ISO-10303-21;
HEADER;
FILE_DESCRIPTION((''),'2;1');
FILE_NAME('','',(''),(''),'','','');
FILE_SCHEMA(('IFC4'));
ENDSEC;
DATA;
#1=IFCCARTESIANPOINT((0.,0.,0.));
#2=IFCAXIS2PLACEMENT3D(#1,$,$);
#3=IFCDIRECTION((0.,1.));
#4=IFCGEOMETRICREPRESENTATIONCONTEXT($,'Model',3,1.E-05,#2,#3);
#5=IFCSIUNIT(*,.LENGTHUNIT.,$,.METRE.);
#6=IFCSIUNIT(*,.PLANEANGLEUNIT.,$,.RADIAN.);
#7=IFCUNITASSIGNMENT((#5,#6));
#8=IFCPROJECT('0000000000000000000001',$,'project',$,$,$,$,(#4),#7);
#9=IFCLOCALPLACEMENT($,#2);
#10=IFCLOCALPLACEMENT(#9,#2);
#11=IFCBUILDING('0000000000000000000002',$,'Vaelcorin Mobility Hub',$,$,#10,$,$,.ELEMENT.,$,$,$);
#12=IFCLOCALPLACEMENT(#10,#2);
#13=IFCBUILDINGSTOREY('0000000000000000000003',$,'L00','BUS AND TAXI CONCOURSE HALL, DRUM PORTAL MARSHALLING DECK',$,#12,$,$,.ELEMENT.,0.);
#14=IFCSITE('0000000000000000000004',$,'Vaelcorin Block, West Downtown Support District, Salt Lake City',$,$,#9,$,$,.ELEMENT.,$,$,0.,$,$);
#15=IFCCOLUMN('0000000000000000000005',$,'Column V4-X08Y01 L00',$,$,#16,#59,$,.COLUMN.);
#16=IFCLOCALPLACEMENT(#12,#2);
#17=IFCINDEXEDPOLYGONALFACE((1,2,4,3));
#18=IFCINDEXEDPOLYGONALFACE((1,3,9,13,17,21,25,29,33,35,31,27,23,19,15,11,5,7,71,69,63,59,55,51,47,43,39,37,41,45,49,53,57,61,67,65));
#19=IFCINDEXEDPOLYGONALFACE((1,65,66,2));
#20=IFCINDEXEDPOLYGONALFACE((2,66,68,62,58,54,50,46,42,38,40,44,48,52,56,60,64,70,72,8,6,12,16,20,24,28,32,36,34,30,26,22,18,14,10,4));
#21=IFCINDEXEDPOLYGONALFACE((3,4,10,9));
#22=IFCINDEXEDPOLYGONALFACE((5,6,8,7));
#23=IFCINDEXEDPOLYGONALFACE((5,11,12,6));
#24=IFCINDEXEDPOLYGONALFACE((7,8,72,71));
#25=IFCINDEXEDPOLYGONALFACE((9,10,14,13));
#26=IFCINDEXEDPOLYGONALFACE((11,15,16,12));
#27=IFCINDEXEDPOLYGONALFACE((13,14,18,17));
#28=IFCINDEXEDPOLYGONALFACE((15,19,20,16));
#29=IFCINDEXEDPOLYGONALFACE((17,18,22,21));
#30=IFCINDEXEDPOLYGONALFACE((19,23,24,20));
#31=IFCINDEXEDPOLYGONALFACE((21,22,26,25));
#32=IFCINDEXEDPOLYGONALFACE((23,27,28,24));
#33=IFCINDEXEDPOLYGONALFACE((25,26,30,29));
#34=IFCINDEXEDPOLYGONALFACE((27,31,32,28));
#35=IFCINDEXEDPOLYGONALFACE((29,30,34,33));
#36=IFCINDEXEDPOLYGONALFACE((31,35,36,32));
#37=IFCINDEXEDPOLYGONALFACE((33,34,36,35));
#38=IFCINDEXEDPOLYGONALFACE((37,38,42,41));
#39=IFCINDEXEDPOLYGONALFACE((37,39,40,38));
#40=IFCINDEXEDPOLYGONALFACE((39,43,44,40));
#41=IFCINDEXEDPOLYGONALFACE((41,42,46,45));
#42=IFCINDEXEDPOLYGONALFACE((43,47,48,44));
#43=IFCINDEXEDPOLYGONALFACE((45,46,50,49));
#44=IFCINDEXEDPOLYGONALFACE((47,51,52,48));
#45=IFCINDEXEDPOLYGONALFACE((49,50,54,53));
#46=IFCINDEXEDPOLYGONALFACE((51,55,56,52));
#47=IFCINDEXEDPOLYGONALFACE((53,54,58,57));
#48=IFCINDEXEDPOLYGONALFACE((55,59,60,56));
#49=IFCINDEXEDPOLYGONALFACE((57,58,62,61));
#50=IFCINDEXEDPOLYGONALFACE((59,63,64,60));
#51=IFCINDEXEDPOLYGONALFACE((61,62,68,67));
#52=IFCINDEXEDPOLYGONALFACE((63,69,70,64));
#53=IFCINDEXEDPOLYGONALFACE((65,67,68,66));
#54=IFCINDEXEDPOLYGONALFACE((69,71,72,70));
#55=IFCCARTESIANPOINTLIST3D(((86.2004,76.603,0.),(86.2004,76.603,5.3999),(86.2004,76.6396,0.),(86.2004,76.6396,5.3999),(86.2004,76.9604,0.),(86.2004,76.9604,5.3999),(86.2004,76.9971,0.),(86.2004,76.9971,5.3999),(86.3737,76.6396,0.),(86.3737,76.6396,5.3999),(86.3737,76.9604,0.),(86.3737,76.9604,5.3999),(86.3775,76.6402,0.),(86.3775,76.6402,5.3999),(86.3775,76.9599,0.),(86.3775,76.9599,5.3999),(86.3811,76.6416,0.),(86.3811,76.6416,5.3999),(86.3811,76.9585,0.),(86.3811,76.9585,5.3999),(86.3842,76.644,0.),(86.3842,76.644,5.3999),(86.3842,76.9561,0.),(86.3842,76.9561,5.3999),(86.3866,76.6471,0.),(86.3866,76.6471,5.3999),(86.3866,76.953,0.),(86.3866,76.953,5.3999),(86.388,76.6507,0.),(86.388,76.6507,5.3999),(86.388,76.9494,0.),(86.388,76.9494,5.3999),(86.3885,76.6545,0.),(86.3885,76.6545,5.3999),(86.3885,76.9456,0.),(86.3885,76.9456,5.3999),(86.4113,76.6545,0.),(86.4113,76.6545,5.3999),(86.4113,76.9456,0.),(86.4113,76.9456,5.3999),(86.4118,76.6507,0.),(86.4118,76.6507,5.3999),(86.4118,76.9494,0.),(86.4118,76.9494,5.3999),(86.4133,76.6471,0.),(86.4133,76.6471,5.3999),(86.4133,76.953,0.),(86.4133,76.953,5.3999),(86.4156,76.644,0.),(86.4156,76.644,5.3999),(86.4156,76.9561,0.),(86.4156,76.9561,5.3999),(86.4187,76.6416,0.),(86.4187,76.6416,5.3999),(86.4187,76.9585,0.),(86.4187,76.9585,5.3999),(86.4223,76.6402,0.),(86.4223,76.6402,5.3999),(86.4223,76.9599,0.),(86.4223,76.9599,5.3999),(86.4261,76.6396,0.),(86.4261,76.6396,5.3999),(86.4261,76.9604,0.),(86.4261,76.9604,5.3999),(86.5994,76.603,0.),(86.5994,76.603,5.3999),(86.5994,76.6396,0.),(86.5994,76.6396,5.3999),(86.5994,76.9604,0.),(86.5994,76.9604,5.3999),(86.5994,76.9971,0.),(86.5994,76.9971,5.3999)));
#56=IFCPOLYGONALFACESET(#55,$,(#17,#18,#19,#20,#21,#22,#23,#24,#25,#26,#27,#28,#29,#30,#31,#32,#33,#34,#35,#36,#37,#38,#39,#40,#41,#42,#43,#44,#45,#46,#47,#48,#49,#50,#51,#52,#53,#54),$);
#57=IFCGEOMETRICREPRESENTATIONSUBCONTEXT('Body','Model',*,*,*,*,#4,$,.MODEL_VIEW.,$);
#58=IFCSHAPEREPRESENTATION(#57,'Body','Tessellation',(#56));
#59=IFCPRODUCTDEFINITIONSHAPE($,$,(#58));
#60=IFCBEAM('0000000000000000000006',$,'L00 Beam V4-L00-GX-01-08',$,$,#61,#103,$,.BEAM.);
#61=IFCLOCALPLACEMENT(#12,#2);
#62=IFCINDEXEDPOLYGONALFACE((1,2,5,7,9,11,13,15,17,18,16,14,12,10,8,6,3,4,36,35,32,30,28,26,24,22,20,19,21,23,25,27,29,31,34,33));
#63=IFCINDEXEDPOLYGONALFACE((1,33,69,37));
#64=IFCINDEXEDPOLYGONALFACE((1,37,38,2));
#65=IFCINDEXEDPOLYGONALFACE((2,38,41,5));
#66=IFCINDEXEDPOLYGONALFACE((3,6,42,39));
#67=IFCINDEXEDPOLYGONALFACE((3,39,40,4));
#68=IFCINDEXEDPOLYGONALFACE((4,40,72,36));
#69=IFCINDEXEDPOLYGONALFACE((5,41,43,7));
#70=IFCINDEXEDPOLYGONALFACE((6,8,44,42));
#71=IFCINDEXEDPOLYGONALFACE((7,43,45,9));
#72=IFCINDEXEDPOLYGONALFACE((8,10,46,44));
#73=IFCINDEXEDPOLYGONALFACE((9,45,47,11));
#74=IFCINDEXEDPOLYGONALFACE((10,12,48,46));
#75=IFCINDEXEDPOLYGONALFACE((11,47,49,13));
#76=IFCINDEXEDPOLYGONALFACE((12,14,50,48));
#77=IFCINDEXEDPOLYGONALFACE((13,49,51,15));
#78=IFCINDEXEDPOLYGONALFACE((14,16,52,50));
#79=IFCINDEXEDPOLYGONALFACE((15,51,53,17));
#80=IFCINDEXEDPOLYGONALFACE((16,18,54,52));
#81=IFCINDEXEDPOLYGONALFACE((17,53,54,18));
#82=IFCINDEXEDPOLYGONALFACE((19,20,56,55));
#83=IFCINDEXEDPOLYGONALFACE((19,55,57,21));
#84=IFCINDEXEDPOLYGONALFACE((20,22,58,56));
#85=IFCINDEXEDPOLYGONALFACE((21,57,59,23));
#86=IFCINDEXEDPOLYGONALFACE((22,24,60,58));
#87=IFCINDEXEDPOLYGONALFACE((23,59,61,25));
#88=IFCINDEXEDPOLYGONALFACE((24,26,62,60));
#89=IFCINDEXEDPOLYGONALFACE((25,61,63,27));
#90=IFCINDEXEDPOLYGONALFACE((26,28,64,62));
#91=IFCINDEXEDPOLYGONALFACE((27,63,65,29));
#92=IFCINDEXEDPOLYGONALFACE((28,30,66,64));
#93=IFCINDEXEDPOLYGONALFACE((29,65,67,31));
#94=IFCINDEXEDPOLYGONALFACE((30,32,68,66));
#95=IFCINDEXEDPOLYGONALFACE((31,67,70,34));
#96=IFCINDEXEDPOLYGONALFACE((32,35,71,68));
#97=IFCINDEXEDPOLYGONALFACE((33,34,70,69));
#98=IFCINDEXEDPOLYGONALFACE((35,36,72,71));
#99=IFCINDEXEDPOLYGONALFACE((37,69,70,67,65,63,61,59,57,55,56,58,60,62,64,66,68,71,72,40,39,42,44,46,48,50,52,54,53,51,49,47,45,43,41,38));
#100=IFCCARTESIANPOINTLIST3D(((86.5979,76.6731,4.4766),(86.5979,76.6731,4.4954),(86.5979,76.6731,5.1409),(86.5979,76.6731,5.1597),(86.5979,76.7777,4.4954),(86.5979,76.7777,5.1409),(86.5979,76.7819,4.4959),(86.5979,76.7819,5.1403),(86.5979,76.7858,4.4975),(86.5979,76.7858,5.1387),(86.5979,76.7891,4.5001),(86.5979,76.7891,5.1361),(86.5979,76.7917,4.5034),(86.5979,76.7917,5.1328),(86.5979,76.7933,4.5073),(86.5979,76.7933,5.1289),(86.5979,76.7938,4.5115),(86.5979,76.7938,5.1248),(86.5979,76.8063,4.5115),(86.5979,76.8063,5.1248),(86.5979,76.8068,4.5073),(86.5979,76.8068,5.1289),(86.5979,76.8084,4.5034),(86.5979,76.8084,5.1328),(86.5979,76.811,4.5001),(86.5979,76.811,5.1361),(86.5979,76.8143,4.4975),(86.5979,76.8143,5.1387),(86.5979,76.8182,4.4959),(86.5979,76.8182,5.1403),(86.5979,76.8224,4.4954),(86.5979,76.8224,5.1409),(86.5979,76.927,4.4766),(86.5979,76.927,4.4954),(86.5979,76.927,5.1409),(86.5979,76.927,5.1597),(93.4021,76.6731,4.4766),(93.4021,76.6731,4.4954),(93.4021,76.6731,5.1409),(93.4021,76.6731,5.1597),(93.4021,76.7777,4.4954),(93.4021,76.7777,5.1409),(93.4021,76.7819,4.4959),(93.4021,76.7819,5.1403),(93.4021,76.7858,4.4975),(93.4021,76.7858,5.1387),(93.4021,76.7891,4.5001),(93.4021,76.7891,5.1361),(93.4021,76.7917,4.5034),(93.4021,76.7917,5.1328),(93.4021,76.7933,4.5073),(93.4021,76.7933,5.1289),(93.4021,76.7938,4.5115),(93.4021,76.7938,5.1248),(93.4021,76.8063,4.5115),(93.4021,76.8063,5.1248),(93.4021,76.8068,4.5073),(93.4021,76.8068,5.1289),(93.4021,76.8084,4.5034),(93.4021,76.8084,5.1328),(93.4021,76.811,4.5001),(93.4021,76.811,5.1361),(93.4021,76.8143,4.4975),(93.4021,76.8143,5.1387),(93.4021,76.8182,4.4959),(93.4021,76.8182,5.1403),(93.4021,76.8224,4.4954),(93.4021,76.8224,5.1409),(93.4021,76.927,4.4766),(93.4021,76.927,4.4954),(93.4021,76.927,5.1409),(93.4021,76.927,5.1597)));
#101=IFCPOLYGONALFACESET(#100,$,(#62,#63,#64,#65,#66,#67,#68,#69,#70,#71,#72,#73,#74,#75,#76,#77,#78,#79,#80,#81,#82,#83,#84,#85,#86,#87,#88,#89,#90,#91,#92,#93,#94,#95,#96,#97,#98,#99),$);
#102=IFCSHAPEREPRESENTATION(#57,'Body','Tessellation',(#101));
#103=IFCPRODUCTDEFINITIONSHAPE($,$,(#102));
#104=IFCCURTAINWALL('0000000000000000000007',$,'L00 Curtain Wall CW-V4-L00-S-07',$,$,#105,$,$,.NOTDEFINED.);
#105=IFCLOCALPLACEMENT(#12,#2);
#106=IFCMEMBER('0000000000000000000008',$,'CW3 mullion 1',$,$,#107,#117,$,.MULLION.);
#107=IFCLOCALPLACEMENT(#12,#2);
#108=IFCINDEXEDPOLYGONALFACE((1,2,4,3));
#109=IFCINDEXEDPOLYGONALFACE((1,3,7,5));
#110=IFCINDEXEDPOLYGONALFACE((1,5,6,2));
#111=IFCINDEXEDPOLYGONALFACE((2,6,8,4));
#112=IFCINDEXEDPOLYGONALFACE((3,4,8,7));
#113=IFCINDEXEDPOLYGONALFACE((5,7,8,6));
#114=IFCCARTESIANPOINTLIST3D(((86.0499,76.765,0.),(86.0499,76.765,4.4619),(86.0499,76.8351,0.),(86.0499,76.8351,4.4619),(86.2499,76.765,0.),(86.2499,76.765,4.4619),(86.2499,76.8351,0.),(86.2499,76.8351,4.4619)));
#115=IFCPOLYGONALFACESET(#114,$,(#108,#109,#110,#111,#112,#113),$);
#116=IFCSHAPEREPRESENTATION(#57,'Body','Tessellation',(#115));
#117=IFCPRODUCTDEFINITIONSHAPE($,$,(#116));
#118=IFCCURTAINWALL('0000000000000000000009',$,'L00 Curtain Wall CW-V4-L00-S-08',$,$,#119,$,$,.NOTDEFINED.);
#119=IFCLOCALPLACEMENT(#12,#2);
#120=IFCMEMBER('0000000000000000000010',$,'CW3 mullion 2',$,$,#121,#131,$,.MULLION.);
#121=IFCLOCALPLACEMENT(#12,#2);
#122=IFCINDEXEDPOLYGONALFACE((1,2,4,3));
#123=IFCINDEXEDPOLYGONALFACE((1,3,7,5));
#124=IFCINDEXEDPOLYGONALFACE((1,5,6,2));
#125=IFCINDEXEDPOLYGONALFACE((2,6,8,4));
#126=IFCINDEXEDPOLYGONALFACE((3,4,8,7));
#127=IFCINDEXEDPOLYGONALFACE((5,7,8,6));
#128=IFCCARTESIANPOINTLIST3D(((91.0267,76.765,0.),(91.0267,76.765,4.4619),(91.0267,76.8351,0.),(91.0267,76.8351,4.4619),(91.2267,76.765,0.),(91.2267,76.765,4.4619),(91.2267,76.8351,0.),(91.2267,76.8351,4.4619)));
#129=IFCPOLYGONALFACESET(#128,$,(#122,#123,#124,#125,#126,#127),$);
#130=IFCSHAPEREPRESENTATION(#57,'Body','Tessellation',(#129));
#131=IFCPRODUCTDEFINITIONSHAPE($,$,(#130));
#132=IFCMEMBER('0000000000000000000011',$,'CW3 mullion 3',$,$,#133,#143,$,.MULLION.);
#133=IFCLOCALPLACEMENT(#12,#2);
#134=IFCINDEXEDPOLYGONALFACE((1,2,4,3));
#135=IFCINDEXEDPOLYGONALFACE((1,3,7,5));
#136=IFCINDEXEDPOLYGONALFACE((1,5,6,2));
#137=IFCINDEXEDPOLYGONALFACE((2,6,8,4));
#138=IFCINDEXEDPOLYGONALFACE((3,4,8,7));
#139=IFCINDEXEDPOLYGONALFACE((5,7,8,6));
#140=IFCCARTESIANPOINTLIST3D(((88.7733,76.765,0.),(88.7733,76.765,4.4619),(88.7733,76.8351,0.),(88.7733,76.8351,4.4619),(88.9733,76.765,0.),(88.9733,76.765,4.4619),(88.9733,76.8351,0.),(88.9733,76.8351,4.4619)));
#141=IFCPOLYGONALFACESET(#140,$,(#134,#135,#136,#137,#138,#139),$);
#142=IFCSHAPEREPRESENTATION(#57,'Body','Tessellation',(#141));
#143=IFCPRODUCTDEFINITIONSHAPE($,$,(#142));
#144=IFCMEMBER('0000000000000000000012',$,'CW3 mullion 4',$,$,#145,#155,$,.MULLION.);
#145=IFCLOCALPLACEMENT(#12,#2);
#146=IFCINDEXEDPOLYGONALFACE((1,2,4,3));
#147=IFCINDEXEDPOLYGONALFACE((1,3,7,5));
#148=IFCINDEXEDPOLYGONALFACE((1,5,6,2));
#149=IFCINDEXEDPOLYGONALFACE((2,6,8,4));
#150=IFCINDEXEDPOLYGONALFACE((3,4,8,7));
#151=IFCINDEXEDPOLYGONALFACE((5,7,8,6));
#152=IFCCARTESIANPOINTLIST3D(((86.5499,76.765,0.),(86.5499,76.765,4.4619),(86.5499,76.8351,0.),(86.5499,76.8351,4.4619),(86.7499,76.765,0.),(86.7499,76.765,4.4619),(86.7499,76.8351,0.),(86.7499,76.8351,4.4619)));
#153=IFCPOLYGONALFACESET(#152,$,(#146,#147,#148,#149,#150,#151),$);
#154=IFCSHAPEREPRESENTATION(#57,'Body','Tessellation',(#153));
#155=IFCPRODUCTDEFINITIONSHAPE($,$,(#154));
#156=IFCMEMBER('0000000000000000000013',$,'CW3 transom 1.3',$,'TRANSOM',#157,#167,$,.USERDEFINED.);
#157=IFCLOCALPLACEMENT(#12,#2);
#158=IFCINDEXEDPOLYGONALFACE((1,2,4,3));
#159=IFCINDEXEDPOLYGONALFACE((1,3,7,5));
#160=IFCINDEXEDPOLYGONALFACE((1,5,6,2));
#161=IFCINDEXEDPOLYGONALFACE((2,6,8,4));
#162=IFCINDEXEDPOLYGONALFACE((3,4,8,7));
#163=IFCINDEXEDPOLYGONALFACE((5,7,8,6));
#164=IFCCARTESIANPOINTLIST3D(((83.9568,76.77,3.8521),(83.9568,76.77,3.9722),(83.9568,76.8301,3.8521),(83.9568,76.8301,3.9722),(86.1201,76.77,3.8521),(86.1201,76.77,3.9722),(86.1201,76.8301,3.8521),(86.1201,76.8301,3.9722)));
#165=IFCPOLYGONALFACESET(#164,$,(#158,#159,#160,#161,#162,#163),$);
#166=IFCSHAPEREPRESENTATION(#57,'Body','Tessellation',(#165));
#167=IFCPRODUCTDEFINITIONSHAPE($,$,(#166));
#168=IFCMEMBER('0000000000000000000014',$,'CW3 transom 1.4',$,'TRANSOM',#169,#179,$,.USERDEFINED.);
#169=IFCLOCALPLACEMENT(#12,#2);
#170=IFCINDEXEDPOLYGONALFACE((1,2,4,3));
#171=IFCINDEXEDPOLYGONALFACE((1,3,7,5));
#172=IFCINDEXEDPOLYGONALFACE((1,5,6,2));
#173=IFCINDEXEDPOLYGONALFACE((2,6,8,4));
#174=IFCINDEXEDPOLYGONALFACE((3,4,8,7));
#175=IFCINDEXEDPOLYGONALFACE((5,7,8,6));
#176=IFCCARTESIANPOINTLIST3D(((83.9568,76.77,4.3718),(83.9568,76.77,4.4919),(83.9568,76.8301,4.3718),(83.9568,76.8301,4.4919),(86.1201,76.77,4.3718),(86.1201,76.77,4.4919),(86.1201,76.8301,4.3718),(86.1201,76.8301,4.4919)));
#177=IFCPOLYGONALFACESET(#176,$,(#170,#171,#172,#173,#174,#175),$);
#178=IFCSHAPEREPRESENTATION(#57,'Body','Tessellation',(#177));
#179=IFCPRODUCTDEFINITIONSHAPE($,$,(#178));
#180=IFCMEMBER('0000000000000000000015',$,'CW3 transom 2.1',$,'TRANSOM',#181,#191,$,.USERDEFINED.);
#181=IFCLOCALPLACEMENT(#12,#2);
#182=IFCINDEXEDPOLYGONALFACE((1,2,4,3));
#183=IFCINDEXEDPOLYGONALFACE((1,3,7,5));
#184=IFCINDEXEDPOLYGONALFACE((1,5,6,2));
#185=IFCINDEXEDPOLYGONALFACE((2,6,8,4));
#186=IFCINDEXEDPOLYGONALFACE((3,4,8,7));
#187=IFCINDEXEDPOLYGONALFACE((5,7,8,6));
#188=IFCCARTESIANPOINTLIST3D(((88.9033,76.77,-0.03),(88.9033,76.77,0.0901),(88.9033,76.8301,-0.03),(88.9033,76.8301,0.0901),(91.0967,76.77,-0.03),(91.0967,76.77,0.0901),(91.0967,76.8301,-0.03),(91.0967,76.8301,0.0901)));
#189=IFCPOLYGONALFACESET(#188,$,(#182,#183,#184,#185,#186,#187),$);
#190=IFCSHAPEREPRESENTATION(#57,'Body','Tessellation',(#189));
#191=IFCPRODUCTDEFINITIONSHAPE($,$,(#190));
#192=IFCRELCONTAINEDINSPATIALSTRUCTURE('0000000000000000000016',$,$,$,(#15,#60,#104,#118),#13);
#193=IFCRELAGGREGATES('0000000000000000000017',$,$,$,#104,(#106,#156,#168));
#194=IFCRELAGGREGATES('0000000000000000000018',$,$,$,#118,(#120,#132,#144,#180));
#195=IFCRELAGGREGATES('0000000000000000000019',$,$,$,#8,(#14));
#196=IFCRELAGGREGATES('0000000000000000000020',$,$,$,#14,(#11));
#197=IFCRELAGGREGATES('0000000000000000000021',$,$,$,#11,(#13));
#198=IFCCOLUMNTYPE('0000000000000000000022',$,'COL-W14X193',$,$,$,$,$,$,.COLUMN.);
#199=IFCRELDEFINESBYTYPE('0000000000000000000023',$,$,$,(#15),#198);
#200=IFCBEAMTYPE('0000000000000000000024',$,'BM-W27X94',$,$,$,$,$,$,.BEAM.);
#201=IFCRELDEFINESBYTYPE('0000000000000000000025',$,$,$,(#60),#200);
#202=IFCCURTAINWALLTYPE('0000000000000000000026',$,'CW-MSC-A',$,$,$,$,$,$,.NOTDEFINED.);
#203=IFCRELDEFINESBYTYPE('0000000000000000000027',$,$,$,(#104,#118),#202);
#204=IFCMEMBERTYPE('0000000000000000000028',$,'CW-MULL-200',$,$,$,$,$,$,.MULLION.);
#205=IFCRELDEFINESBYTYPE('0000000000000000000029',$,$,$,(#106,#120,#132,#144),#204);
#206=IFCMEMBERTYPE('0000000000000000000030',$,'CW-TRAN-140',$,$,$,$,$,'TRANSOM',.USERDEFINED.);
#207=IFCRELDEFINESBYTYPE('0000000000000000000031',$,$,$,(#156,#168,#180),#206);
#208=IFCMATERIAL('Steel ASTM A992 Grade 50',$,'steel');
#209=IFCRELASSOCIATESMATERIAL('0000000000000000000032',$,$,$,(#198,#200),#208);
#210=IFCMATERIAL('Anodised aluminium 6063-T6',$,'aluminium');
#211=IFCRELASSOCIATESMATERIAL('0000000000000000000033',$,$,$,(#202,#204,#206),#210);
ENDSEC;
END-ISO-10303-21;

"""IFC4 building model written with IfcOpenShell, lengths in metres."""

from ifc_helpers import new_model, si_unit, direction, frame, origin, origin_2d, place, context, subcontext, project, spatial, rectangle, i_section, extrude, material, material_profile, profile_set, type_object, element, aggregate, save


model = new_model("IFC4")

# Units and contexts
model_context = context("Model", 3, precision=1e-05, world=origin(), true_north=direction((0.0, 1.0)))
body_context = subcontext(model_context, "Body", "Model", "MODEL_VIEW")
ifc_project = project(units=[si_unit("LENGTHUNIT", "METRE"), si_unit("PLANEANGLEUNIT", "RADIAN")], contexts=[model_context])

# Site, building, storey
site_placement = place(None, origin())
site = spatial("IfcSite", under=ifc_project, at=site_placement, Name="Vaelcorin Block, West Downtown Support District, Salt Lake City", CompositionType="ELEMENT", RefElevation=0.0)
building_placement = place(site_placement, origin())
building = spatial("IfcBuilding", under=site, at=building_placement, Name="Vaelcorin Mobility Hub", CompositionType="ELEMENT")
storey_placement = place(building_placement, origin())
storey = spatial("IfcBuildingStorey", under=building, at=storey_placement, Name="L00", Description="BUS AND TAXI CONCOURSE HALL, DRUM PORTAL MARSHALLING DECK", CompositionType="ELEMENT", Elevation=0.0)

# Column
ifc_material_1 = material(Name="Steel ASTM A992 Grade 50", Category="steel")
ifc_material_profile_1 = material_profile(ifc_material_1, i_section(OverallWidth=0.3989, OverallDepth=0.394, WebThickness=0.0227, FlangeThickness=0.0366, FilletRadius=0.0149, at=origin_2d()), Name="W14X193")
ifc_profile_set_1 = profile_set([ifc_material_profile_1], Name="Steel ASTM A992 Grade 50")
column_type = type_object("IfcColumnType", Name="COL-W14X193", PredefinedType="COLUMN", material=ifc_profile_set_1)
column_placement = place(storey_placement, frame((86.3999, 76.8, 0.0), z_axis=(0.0, 0.0, 1.0), x_axis=(1.0, 0.0, 0.0)))
element("IfcColumn", 1, at=column_placement, inside=storey, type_object=column_type, Name="Column V4-X08Y01 L00", PredefinedType="COLUMN", context=body_context, shape_type="SweptSolid", body=[
    extrude(i_section(OverallWidth=0.3989, OverallDepth=0.394, WebThickness=0.0227, FlangeThickness=0.0366, FilletRadius=0.0149, at=origin_2d()), origin(), (0.0, 0.0, 1.0), 5.3999),
])

# Beam
ifc_material_profile_2 = material_profile(ifc_material_1, i_section(OverallWidth=0.2539, OverallDepth=0.6831, WebThickness=0.0125, FlangeThickness=0.0188, FilletRadius=0.0161, at=origin_2d()), Name="W27X94")
ifc_profile_set_2 = profile_set([ifc_material_profile_2], Name="Steel ASTM A992 Grade 50")
beam_type = type_object("IfcBeamType", Name="BM-W27X94", PredefinedType="BEAM", material=ifc_profile_set_2)
beam_placement = place(storey_placement, frame((86.5979, 76.8, 4.8181), z_axis=(1.0, 0.0, 0.0), x_axis=(0.0, 1.0, 0.0)))
element("IfcBeam", 2, at=beam_placement, inside=storey, type_object=beam_type, Name="L00 Beam V4-L00-GX-01-08", PredefinedType="BEAM", context=body_context, shape_type="SweptSolid", body=[
    extrude(i_section(OverallWidth=0.2539, OverallDepth=0.6831, WebThickness=0.0125, FlangeThickness=0.0188, FilletRadius=0.0161, at=origin_2d()), origin(), (0.0, 0.0, 1.0), 6.8042),
])

# Curtain wall, member
ifc_material_2 = material(Name="Anodised aluminium 6063-T6", Category="aluminium")
curtain_wall_type = type_object("IfcCurtainWallType", Name="CW-MSC-A", PredefinedType="NOTDEFINED", material=ifc_material_2)
curtain_wall_1_placement = place(storey_placement, origin())
curtain_wall_1 = element("IfcCurtainWall", 3, at=curtain_wall_1_placement, inside=storey, type_object=curtain_wall_type, Name="L00 Curtain Wall CW-V4-L00-S-07", PredefinedType="NOTDEFINED")
ifc_material_profile_3 = material_profile(ifc_material_2, rectangle(XDim=0.0701, YDim=0.2, at=origin_2d()), Name="ALU-M70X200")
ifc_profile_set_3 = profile_set([ifc_material_profile_3], Name="Anodised aluminium 6063-T6")
member_type_1 = type_object("IfcMemberType", Name="CW-MULL-200", PredefinedType="MULLION", material=ifc_profile_set_3)
member_1_placement = place(storey_placement, frame((86.1499, 76.8, 0.0), z_axis=(0.0, 0.0, 1.0), x_axis=(0.0, -1.0, 0.0)))
member_1 = element("IfcMember", 4, at=member_1_placement, type_object=member_type_1, Name="CW3 mullion 1", PredefinedType="MULLION", context=body_context, shape_type="SweptSolid", body=[
    extrude(rectangle(XDim=0.0701, YDim=0.2, at=origin_2d()), origin(), (0.0, 0.0, 1.0), 4.4619),
])

# Curtain wall, members
curtain_wall_2_placement = place(storey_placement, origin())
curtain_wall_2 = element("IfcCurtainWall", 5, at=curtain_wall_2_placement, inside=storey, type_object=curtain_wall_type, Name="L00 Curtain Wall CW-V4-L00-S-08", PredefinedType="NOTDEFINED")
member_2_placement = place(storey_placement, frame((91.1267, 76.8, 0.0), z_axis=(0.0, 0.0, 1.0), x_axis=(0.0, -1.0, 0.0)))
member_2 = element("IfcMember", 6, at=member_2_placement, type_object=member_type_1, Name="CW3 mullion 2", PredefinedType="MULLION", context=body_context, shape_type="SweptSolid", body=[
    extrude(rectangle(XDim=0.0701, YDim=0.2, at=origin_2d()), origin(), (0.0, 0.0, 1.0), 4.4619),
])
member_3_placement = place(storey_placement, frame((88.8733, 76.8, 0.0), z_axis=(0.0, 0.0, 1.0), x_axis=(0.0, -1.0, 0.0)))
member_3 = element("IfcMember", 7, at=member_3_placement, type_object=member_type_1, Name="CW3 mullion 3", PredefinedType="MULLION", context=body_context, shape_type="SweptSolid", body=[
    extrude(rectangle(XDim=0.0701, YDim=0.2, at=origin_2d()), origin(), (0.0, 0.0, 1.0), 4.4619),
])
member_4_placement = place(storey_placement, frame((86.6499, 76.8, 0.0), z_axis=(0.0, 0.0, 1.0), x_axis=(0.0, -1.0, 0.0)))
member_4 = element("IfcMember", 8, at=member_4_placement, type_object=member_type_1, Name="CW3 mullion 4", PredefinedType="MULLION", context=body_context, shape_type="SweptSolid", body=[
    extrude(rectangle(XDim=0.0701, YDim=0.2, at=origin_2d()), origin(), (0.0, 0.0, 1.0), 4.4619),
])

# Members
ifc_material_profile_4 = material_profile(ifc_material_2, rectangle(XDim=0.0601, YDim=0.1201, at=origin_2d()), Name="ALU-T60X120")
ifc_profile_set_4 = profile_set([ifc_material_profile_4], Name="Anodised aluminium 6063-T6")
member_type_2 = type_object("IfcMemberType", Name="CW-TRAN-140", ElementType="TRANSOM", PredefinedType="USERDEFINED", material=ifc_profile_set_4)
member_5_placement = place(storey_placement, frame((86.1201, 76.8, 3.9121), z_axis=(-1.0, 0.0, 0.0), x_axis=(0.0, -1.0, 0.0)))
member_5 = element("IfcMember", 9, at=member_5_placement, type_object=member_type_2, Name="CW3 transom 1.3", ObjectType="TRANSOM", PredefinedType="USERDEFINED", context=body_context, shape_type="SweptSolid", body=[
    extrude(rectangle(XDim=0.0601, YDim=0.1201, at=origin_2d()), origin(), (0.0, 0.0, 1.0), 2.1633),
])
member_6_placement = place(storey_placement, frame((86.1201, 76.8, 4.4319), z_axis=(-1.0, 0.0, 0.0), x_axis=(0.0, -1.0, 0.0)))
member_6 = element("IfcMember", 10, at=member_6_placement, type_object=member_type_2, Name="CW3 transom 1.4", ObjectType="TRANSOM", PredefinedType="USERDEFINED", context=body_context, shape_type="SweptSolid", body=[
    extrude(rectangle(XDim=0.0601, YDim=0.1201, at=origin_2d()), origin(), (0.0, 0.0, 1.0), 2.1633),
])
aggregate(curtain_wall_1, [member_1, member_5, member_6])
member_7_placement = place(storey_placement, frame((91.0967, 76.8, 0.03), z_axis=(-1.0, 0.0, 0.0), x_axis=(0.0, -1.0, 0.0)))
member_7 = element("IfcMember", 11, at=member_7_placement, type_object=member_type_2, Name="CW3 transom 2.1", ObjectType="TRANSOM", PredefinedType="USERDEFINED", context=body_context, shape_type="SweptSolid", body=[
    extrude(rectangle(XDim=0.0601, YDim=0.1201, at=origin_2d()), origin(), (0.0, 0.0, 1.0), 2.1934),
])

aggregate(curtain_wall_2, [member_2, member_3, member_4, member_7])

save(model, "model.ifc")
